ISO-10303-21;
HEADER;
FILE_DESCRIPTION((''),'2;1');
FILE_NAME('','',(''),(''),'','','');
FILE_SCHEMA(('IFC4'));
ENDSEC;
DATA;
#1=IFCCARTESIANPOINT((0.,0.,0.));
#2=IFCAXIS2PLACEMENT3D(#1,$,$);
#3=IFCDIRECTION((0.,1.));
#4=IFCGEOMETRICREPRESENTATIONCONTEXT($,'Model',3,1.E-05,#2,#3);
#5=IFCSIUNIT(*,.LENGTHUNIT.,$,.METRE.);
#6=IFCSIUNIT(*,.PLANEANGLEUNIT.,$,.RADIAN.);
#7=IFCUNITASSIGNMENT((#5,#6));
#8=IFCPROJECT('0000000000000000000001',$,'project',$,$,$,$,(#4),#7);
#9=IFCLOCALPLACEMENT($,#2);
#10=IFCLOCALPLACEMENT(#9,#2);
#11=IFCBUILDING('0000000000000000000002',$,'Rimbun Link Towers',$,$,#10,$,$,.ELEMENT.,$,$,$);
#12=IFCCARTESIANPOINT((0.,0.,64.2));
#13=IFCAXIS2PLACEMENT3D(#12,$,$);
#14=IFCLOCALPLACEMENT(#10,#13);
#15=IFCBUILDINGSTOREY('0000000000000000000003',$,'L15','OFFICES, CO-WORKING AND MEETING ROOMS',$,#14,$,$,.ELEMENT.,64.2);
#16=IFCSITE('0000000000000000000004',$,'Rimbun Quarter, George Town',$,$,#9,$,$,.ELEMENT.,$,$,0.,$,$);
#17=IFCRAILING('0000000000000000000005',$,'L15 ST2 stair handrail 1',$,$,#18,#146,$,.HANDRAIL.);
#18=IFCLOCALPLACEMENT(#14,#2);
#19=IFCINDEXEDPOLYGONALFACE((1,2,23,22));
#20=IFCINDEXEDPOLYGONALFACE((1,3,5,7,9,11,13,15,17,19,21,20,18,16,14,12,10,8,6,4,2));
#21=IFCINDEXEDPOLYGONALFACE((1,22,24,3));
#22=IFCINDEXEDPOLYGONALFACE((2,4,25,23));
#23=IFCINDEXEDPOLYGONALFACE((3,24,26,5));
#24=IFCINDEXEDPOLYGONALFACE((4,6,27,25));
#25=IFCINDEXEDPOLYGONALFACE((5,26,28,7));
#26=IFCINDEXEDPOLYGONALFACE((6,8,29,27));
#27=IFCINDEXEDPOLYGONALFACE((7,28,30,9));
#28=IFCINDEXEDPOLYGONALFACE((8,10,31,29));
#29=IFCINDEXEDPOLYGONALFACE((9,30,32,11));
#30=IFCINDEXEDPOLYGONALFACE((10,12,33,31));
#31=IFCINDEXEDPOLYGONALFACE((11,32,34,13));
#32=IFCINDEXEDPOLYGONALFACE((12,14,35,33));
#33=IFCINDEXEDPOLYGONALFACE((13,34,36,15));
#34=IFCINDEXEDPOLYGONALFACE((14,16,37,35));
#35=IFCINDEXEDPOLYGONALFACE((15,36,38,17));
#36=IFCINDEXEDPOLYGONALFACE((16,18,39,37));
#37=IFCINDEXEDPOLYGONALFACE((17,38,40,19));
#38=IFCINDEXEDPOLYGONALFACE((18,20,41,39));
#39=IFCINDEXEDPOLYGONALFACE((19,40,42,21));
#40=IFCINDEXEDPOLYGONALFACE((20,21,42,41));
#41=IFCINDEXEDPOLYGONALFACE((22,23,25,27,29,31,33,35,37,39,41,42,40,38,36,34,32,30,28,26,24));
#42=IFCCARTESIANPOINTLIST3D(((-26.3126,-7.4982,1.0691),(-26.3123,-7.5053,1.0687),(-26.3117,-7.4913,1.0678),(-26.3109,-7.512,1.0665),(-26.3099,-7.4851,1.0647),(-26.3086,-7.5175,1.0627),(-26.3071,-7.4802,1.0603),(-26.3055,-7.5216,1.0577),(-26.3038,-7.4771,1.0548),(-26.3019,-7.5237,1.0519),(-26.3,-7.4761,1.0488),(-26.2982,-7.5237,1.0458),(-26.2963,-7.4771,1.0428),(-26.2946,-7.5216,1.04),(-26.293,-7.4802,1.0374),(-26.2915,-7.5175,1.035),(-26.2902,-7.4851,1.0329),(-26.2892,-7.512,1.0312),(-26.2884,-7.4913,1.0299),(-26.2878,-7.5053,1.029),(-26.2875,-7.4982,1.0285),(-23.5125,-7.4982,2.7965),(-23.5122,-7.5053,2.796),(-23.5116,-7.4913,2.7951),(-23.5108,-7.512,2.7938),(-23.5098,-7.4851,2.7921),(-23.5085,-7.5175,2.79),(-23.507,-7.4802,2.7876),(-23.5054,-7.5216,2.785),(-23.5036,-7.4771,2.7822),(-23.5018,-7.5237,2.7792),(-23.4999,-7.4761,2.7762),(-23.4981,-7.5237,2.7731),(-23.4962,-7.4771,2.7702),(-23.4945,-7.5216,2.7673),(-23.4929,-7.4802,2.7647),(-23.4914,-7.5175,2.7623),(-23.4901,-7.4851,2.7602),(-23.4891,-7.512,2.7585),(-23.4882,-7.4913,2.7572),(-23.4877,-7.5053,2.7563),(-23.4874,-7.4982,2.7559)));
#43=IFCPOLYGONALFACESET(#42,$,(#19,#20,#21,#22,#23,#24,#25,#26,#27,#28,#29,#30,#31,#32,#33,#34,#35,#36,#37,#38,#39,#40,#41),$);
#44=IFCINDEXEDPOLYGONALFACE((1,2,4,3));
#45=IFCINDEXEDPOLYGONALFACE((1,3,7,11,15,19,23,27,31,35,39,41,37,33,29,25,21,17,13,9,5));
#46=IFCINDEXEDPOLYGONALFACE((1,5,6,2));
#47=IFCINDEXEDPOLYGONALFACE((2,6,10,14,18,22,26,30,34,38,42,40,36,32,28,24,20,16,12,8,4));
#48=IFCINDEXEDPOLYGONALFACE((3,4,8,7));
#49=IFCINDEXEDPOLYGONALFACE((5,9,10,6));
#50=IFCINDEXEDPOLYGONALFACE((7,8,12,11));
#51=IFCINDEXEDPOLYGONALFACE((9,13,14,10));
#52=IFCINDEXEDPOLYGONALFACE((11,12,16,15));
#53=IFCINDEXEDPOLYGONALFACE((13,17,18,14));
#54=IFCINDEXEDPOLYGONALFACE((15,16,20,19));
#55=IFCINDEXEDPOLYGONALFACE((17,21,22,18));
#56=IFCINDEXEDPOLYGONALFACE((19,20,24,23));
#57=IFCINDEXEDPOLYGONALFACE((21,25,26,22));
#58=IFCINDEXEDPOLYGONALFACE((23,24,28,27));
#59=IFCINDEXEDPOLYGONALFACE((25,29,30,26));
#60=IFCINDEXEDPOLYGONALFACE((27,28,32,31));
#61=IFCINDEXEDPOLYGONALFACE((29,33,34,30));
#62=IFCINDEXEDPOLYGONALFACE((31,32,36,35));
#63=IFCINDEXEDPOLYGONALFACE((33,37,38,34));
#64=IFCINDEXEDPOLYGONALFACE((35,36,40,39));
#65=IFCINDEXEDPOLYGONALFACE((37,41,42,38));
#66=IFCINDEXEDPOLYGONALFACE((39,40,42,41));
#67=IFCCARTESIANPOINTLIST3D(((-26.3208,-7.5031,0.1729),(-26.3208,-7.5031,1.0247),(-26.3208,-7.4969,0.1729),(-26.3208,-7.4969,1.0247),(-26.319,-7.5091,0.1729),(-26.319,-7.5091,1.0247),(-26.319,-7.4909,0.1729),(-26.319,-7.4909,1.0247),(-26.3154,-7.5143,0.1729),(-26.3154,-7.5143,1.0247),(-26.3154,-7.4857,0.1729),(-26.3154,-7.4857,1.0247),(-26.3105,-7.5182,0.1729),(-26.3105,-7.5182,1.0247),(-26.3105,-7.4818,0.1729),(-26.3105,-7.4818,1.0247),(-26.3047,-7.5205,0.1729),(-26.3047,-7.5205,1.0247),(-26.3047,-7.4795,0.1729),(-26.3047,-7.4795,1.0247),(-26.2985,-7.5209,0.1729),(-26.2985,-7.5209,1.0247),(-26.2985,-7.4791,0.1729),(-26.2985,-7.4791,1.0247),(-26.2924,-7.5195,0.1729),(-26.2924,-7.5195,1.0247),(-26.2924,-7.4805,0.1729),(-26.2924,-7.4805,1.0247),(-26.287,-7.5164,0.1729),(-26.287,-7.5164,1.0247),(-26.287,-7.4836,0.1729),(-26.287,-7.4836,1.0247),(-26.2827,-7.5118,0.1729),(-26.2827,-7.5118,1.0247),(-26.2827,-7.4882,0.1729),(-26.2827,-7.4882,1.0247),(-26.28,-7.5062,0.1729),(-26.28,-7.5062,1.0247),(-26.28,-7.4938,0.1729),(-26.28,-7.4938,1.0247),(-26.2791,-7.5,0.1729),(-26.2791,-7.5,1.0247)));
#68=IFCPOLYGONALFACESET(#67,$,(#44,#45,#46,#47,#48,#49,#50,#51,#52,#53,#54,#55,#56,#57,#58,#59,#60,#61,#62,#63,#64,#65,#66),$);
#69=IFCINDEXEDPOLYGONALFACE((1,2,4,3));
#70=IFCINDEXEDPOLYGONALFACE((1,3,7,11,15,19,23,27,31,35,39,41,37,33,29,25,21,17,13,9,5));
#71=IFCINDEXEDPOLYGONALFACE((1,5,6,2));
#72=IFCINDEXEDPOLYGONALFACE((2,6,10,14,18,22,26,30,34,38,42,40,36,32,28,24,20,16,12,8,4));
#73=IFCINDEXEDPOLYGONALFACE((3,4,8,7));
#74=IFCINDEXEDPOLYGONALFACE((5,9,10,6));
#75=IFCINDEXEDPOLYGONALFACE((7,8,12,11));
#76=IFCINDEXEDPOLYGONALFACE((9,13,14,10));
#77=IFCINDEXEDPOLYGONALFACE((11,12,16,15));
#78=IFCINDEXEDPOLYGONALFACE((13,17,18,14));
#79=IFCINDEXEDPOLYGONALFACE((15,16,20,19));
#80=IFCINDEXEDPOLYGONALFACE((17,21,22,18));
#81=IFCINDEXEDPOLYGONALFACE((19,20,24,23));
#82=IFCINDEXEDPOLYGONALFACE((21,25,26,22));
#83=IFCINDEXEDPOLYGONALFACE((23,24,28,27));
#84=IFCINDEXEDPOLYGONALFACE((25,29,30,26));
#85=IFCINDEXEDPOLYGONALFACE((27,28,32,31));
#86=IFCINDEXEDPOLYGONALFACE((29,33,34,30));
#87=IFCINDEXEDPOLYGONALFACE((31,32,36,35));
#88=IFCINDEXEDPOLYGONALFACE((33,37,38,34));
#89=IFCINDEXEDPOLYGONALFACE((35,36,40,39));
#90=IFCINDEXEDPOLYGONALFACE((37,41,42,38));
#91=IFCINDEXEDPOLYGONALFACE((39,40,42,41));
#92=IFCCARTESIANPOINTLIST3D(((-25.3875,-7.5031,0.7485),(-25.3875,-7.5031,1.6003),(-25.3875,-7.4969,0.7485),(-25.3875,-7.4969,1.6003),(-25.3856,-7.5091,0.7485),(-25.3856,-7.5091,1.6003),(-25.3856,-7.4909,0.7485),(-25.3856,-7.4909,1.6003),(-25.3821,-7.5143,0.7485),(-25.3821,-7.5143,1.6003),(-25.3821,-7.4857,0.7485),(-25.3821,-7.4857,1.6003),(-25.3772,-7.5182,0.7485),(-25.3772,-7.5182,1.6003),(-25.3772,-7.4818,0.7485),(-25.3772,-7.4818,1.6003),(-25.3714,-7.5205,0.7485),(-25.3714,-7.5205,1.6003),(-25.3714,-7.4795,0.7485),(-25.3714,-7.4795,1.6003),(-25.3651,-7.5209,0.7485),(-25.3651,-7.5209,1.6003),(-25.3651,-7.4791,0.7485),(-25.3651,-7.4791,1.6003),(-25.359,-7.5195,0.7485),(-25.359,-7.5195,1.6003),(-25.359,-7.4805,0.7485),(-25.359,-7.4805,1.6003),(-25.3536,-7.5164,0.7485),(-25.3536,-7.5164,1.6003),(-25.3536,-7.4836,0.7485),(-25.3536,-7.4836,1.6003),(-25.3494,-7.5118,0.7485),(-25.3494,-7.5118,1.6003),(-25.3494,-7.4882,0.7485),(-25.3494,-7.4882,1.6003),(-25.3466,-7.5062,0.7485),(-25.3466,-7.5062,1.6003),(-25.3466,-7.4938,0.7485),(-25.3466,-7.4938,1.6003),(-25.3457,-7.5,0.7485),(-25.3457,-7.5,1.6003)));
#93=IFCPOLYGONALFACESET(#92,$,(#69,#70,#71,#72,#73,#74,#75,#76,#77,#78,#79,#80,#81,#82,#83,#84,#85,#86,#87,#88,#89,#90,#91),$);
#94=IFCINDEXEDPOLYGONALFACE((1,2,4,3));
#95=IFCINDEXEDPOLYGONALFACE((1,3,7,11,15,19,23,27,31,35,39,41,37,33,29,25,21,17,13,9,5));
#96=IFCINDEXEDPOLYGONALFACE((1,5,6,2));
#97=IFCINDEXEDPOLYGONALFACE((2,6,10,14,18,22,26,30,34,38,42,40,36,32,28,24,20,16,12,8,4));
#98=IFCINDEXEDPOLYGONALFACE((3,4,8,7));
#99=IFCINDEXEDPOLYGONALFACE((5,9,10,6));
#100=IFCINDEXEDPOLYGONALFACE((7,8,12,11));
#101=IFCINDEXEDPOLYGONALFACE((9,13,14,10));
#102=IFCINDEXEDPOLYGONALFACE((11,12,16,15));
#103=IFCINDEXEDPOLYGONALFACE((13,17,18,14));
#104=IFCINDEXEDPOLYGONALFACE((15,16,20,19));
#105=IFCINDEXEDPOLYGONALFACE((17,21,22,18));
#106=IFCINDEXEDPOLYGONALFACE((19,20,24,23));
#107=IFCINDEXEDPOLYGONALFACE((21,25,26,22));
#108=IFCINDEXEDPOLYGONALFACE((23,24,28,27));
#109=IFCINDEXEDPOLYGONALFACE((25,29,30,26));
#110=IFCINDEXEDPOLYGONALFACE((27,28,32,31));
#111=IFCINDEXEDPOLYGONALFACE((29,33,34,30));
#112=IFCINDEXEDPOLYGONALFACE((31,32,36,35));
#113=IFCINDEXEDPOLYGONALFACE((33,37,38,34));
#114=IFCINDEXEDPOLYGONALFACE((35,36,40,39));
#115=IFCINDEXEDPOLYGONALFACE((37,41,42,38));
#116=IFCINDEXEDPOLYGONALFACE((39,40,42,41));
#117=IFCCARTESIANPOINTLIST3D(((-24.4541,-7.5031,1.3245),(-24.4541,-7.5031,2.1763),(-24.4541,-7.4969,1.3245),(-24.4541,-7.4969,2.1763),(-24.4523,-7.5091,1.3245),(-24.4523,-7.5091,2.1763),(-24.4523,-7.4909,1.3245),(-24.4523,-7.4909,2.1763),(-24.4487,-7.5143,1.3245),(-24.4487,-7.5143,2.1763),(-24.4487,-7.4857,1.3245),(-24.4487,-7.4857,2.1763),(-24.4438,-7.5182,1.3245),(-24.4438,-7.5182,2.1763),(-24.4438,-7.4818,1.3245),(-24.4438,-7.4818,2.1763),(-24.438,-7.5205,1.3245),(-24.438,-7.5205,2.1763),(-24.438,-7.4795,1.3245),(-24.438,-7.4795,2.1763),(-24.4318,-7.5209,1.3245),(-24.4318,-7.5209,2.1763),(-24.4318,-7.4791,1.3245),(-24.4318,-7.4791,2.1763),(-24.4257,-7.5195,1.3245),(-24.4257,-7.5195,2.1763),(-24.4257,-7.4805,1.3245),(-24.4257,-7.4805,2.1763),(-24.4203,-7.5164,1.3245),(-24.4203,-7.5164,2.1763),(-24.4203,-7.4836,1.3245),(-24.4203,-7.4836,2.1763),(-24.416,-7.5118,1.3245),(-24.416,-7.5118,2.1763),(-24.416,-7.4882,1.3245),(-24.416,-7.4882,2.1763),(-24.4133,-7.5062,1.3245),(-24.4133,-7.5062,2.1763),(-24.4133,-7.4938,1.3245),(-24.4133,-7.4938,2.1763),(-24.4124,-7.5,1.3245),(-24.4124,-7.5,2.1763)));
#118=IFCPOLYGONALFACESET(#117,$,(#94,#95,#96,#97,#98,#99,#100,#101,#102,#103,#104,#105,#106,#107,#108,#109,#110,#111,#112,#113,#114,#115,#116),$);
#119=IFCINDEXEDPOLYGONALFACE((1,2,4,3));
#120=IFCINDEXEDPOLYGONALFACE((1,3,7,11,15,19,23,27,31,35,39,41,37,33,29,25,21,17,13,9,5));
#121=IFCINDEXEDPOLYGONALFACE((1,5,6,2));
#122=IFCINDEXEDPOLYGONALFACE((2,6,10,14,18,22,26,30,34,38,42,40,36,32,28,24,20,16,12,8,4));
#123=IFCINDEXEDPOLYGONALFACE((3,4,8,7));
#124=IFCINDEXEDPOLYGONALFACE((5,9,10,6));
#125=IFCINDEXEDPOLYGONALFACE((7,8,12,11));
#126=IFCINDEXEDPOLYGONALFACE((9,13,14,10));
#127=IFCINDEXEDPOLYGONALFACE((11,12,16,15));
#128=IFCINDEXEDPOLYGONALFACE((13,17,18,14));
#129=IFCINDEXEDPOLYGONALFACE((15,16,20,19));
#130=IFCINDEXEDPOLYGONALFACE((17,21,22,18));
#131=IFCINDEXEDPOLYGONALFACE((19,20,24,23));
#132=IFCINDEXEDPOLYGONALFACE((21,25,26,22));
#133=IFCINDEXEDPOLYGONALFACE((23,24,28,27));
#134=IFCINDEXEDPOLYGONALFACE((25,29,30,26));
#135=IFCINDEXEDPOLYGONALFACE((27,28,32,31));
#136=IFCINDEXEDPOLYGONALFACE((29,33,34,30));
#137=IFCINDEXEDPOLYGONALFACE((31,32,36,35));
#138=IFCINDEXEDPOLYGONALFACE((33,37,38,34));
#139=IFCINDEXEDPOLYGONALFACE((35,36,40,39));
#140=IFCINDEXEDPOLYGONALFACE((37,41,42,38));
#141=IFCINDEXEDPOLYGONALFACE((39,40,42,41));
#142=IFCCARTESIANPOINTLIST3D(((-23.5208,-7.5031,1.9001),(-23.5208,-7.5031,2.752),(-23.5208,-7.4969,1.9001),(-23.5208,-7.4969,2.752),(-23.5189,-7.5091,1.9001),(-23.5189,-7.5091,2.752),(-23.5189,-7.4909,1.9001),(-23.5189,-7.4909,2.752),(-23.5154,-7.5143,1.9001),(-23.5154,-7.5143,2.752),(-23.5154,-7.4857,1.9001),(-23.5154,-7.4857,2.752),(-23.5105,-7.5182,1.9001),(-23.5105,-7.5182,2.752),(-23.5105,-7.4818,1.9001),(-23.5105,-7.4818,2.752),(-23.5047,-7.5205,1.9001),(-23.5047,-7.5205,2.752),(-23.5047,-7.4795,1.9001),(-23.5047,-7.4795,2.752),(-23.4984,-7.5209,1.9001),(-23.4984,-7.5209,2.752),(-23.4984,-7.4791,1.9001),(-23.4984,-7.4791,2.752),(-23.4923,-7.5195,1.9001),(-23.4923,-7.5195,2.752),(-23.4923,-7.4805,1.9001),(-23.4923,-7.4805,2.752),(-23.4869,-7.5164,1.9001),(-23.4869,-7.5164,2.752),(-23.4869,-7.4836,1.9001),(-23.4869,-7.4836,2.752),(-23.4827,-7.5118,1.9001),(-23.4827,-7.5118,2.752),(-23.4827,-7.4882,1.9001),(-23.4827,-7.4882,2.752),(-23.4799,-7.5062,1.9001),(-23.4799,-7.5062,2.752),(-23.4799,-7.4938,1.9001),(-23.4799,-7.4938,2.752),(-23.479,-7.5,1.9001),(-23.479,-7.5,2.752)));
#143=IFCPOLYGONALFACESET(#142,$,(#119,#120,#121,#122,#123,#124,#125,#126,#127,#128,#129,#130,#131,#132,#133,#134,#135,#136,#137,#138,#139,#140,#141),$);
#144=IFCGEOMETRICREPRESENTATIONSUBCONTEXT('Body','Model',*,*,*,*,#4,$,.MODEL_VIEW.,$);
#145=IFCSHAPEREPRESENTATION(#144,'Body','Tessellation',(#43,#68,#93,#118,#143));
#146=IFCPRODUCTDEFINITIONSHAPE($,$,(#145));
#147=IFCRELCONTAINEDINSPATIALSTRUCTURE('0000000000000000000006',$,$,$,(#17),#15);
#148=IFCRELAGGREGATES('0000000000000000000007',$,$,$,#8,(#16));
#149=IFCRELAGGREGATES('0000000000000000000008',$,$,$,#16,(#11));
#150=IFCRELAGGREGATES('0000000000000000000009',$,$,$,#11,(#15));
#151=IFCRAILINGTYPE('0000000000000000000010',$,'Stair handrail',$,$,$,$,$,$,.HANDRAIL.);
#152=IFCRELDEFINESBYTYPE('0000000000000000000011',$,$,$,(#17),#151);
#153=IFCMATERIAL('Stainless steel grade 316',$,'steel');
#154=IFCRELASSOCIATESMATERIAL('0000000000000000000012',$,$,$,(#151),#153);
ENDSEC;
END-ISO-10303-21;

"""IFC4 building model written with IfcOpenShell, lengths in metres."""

from ifc_helpers import new_model, si_unit, direction, frame, origin, origin_2d, place, context, subcontext, project, spatial, circle, extrude, material, type_object, element, save


model = new_model("IFC4")

# Units and contexts
model_context = context("Model", 3, precision=1e-05, world=origin(), true_north=direction((0.0, 1.0)))
body_context = subcontext(model_context, "Body", "Model", "MODEL_VIEW")
ifc_project = project(units=[si_unit("LENGTHUNIT", "METRE"), si_unit("PLANEANGLEUNIT", "RADIAN")], contexts=[model_context])

# Site, building, storey
site_placement = place(None, origin())
site = spatial("IfcSite", under=ifc_project, at=site_placement, Name="Rimbun Quarter, George Town", CompositionType="ELEMENT", RefElevation=0.0)
building_placement = place(site_placement, origin())
building = spatial("IfcBuilding", under=site, at=building_placement, Name="Rimbun Link Towers", CompositionType="ELEMENT")
storey_placement = place(building_placement, frame((0.0, 0.0, 64.2)))
storey = spatial("IfcBuildingStorey", under=building, at=storey_placement, Name="L15", Description="OFFICES, CO-WORKING AND MEETING ROOMS", CompositionType="ELEMENT", Elevation=64.2)

# Railing
ifc_material_1 = material(Name="Stainless steel grade 316", Category="steel")
railing_type_1 = type_object("IfcRailingType", Name="Stair handrail", PredefinedType="HANDRAIL", material=ifc_material_1)
railing_1_placement = place(storey_placement, frame((-26.3, -7.5, 0.1729)))
element("IfcRailing", 1, at=railing_1_placement, inside=storey, type_object=railing_type_1, Name="L15 ST2 stair handrail 1", PredefinedType="HANDRAIL", context=body_context, shape_type="SweptSolid", body=[
    extrude(circle(Radius=0.0239, at=origin_2d()), frame((0.0, 0.0, 0.876), z_axis=(0.85109, 0.0, 0.52502), x_axis=(0.0, 1.0, 0.0)), (0.0, 0.0, 1.0), 3.29),
    extrude(circle(Radius=0.021, at=origin_2d()), origin(), (0.0, 0.0, 1.0), 0.8518),
    extrude(circle(Radius=0.021, at=origin_2d()), frame((0.9333, 0.0, 0.5757)), (0.0, 0.0, 1.0), 0.8518),
    extrude(circle(Radius=0.021, at=origin_2d()), frame((1.8667, 0.0, 1.1516)), (0.0, 0.0, 1.0), 0.8518),
    extrude(circle(Radius=0.021, at=origin_2d()), frame((2.8, 0.0, 1.7273)), (0.0, 0.0, 1.0), 0.8518),
])

save(model, "model.ifc")
